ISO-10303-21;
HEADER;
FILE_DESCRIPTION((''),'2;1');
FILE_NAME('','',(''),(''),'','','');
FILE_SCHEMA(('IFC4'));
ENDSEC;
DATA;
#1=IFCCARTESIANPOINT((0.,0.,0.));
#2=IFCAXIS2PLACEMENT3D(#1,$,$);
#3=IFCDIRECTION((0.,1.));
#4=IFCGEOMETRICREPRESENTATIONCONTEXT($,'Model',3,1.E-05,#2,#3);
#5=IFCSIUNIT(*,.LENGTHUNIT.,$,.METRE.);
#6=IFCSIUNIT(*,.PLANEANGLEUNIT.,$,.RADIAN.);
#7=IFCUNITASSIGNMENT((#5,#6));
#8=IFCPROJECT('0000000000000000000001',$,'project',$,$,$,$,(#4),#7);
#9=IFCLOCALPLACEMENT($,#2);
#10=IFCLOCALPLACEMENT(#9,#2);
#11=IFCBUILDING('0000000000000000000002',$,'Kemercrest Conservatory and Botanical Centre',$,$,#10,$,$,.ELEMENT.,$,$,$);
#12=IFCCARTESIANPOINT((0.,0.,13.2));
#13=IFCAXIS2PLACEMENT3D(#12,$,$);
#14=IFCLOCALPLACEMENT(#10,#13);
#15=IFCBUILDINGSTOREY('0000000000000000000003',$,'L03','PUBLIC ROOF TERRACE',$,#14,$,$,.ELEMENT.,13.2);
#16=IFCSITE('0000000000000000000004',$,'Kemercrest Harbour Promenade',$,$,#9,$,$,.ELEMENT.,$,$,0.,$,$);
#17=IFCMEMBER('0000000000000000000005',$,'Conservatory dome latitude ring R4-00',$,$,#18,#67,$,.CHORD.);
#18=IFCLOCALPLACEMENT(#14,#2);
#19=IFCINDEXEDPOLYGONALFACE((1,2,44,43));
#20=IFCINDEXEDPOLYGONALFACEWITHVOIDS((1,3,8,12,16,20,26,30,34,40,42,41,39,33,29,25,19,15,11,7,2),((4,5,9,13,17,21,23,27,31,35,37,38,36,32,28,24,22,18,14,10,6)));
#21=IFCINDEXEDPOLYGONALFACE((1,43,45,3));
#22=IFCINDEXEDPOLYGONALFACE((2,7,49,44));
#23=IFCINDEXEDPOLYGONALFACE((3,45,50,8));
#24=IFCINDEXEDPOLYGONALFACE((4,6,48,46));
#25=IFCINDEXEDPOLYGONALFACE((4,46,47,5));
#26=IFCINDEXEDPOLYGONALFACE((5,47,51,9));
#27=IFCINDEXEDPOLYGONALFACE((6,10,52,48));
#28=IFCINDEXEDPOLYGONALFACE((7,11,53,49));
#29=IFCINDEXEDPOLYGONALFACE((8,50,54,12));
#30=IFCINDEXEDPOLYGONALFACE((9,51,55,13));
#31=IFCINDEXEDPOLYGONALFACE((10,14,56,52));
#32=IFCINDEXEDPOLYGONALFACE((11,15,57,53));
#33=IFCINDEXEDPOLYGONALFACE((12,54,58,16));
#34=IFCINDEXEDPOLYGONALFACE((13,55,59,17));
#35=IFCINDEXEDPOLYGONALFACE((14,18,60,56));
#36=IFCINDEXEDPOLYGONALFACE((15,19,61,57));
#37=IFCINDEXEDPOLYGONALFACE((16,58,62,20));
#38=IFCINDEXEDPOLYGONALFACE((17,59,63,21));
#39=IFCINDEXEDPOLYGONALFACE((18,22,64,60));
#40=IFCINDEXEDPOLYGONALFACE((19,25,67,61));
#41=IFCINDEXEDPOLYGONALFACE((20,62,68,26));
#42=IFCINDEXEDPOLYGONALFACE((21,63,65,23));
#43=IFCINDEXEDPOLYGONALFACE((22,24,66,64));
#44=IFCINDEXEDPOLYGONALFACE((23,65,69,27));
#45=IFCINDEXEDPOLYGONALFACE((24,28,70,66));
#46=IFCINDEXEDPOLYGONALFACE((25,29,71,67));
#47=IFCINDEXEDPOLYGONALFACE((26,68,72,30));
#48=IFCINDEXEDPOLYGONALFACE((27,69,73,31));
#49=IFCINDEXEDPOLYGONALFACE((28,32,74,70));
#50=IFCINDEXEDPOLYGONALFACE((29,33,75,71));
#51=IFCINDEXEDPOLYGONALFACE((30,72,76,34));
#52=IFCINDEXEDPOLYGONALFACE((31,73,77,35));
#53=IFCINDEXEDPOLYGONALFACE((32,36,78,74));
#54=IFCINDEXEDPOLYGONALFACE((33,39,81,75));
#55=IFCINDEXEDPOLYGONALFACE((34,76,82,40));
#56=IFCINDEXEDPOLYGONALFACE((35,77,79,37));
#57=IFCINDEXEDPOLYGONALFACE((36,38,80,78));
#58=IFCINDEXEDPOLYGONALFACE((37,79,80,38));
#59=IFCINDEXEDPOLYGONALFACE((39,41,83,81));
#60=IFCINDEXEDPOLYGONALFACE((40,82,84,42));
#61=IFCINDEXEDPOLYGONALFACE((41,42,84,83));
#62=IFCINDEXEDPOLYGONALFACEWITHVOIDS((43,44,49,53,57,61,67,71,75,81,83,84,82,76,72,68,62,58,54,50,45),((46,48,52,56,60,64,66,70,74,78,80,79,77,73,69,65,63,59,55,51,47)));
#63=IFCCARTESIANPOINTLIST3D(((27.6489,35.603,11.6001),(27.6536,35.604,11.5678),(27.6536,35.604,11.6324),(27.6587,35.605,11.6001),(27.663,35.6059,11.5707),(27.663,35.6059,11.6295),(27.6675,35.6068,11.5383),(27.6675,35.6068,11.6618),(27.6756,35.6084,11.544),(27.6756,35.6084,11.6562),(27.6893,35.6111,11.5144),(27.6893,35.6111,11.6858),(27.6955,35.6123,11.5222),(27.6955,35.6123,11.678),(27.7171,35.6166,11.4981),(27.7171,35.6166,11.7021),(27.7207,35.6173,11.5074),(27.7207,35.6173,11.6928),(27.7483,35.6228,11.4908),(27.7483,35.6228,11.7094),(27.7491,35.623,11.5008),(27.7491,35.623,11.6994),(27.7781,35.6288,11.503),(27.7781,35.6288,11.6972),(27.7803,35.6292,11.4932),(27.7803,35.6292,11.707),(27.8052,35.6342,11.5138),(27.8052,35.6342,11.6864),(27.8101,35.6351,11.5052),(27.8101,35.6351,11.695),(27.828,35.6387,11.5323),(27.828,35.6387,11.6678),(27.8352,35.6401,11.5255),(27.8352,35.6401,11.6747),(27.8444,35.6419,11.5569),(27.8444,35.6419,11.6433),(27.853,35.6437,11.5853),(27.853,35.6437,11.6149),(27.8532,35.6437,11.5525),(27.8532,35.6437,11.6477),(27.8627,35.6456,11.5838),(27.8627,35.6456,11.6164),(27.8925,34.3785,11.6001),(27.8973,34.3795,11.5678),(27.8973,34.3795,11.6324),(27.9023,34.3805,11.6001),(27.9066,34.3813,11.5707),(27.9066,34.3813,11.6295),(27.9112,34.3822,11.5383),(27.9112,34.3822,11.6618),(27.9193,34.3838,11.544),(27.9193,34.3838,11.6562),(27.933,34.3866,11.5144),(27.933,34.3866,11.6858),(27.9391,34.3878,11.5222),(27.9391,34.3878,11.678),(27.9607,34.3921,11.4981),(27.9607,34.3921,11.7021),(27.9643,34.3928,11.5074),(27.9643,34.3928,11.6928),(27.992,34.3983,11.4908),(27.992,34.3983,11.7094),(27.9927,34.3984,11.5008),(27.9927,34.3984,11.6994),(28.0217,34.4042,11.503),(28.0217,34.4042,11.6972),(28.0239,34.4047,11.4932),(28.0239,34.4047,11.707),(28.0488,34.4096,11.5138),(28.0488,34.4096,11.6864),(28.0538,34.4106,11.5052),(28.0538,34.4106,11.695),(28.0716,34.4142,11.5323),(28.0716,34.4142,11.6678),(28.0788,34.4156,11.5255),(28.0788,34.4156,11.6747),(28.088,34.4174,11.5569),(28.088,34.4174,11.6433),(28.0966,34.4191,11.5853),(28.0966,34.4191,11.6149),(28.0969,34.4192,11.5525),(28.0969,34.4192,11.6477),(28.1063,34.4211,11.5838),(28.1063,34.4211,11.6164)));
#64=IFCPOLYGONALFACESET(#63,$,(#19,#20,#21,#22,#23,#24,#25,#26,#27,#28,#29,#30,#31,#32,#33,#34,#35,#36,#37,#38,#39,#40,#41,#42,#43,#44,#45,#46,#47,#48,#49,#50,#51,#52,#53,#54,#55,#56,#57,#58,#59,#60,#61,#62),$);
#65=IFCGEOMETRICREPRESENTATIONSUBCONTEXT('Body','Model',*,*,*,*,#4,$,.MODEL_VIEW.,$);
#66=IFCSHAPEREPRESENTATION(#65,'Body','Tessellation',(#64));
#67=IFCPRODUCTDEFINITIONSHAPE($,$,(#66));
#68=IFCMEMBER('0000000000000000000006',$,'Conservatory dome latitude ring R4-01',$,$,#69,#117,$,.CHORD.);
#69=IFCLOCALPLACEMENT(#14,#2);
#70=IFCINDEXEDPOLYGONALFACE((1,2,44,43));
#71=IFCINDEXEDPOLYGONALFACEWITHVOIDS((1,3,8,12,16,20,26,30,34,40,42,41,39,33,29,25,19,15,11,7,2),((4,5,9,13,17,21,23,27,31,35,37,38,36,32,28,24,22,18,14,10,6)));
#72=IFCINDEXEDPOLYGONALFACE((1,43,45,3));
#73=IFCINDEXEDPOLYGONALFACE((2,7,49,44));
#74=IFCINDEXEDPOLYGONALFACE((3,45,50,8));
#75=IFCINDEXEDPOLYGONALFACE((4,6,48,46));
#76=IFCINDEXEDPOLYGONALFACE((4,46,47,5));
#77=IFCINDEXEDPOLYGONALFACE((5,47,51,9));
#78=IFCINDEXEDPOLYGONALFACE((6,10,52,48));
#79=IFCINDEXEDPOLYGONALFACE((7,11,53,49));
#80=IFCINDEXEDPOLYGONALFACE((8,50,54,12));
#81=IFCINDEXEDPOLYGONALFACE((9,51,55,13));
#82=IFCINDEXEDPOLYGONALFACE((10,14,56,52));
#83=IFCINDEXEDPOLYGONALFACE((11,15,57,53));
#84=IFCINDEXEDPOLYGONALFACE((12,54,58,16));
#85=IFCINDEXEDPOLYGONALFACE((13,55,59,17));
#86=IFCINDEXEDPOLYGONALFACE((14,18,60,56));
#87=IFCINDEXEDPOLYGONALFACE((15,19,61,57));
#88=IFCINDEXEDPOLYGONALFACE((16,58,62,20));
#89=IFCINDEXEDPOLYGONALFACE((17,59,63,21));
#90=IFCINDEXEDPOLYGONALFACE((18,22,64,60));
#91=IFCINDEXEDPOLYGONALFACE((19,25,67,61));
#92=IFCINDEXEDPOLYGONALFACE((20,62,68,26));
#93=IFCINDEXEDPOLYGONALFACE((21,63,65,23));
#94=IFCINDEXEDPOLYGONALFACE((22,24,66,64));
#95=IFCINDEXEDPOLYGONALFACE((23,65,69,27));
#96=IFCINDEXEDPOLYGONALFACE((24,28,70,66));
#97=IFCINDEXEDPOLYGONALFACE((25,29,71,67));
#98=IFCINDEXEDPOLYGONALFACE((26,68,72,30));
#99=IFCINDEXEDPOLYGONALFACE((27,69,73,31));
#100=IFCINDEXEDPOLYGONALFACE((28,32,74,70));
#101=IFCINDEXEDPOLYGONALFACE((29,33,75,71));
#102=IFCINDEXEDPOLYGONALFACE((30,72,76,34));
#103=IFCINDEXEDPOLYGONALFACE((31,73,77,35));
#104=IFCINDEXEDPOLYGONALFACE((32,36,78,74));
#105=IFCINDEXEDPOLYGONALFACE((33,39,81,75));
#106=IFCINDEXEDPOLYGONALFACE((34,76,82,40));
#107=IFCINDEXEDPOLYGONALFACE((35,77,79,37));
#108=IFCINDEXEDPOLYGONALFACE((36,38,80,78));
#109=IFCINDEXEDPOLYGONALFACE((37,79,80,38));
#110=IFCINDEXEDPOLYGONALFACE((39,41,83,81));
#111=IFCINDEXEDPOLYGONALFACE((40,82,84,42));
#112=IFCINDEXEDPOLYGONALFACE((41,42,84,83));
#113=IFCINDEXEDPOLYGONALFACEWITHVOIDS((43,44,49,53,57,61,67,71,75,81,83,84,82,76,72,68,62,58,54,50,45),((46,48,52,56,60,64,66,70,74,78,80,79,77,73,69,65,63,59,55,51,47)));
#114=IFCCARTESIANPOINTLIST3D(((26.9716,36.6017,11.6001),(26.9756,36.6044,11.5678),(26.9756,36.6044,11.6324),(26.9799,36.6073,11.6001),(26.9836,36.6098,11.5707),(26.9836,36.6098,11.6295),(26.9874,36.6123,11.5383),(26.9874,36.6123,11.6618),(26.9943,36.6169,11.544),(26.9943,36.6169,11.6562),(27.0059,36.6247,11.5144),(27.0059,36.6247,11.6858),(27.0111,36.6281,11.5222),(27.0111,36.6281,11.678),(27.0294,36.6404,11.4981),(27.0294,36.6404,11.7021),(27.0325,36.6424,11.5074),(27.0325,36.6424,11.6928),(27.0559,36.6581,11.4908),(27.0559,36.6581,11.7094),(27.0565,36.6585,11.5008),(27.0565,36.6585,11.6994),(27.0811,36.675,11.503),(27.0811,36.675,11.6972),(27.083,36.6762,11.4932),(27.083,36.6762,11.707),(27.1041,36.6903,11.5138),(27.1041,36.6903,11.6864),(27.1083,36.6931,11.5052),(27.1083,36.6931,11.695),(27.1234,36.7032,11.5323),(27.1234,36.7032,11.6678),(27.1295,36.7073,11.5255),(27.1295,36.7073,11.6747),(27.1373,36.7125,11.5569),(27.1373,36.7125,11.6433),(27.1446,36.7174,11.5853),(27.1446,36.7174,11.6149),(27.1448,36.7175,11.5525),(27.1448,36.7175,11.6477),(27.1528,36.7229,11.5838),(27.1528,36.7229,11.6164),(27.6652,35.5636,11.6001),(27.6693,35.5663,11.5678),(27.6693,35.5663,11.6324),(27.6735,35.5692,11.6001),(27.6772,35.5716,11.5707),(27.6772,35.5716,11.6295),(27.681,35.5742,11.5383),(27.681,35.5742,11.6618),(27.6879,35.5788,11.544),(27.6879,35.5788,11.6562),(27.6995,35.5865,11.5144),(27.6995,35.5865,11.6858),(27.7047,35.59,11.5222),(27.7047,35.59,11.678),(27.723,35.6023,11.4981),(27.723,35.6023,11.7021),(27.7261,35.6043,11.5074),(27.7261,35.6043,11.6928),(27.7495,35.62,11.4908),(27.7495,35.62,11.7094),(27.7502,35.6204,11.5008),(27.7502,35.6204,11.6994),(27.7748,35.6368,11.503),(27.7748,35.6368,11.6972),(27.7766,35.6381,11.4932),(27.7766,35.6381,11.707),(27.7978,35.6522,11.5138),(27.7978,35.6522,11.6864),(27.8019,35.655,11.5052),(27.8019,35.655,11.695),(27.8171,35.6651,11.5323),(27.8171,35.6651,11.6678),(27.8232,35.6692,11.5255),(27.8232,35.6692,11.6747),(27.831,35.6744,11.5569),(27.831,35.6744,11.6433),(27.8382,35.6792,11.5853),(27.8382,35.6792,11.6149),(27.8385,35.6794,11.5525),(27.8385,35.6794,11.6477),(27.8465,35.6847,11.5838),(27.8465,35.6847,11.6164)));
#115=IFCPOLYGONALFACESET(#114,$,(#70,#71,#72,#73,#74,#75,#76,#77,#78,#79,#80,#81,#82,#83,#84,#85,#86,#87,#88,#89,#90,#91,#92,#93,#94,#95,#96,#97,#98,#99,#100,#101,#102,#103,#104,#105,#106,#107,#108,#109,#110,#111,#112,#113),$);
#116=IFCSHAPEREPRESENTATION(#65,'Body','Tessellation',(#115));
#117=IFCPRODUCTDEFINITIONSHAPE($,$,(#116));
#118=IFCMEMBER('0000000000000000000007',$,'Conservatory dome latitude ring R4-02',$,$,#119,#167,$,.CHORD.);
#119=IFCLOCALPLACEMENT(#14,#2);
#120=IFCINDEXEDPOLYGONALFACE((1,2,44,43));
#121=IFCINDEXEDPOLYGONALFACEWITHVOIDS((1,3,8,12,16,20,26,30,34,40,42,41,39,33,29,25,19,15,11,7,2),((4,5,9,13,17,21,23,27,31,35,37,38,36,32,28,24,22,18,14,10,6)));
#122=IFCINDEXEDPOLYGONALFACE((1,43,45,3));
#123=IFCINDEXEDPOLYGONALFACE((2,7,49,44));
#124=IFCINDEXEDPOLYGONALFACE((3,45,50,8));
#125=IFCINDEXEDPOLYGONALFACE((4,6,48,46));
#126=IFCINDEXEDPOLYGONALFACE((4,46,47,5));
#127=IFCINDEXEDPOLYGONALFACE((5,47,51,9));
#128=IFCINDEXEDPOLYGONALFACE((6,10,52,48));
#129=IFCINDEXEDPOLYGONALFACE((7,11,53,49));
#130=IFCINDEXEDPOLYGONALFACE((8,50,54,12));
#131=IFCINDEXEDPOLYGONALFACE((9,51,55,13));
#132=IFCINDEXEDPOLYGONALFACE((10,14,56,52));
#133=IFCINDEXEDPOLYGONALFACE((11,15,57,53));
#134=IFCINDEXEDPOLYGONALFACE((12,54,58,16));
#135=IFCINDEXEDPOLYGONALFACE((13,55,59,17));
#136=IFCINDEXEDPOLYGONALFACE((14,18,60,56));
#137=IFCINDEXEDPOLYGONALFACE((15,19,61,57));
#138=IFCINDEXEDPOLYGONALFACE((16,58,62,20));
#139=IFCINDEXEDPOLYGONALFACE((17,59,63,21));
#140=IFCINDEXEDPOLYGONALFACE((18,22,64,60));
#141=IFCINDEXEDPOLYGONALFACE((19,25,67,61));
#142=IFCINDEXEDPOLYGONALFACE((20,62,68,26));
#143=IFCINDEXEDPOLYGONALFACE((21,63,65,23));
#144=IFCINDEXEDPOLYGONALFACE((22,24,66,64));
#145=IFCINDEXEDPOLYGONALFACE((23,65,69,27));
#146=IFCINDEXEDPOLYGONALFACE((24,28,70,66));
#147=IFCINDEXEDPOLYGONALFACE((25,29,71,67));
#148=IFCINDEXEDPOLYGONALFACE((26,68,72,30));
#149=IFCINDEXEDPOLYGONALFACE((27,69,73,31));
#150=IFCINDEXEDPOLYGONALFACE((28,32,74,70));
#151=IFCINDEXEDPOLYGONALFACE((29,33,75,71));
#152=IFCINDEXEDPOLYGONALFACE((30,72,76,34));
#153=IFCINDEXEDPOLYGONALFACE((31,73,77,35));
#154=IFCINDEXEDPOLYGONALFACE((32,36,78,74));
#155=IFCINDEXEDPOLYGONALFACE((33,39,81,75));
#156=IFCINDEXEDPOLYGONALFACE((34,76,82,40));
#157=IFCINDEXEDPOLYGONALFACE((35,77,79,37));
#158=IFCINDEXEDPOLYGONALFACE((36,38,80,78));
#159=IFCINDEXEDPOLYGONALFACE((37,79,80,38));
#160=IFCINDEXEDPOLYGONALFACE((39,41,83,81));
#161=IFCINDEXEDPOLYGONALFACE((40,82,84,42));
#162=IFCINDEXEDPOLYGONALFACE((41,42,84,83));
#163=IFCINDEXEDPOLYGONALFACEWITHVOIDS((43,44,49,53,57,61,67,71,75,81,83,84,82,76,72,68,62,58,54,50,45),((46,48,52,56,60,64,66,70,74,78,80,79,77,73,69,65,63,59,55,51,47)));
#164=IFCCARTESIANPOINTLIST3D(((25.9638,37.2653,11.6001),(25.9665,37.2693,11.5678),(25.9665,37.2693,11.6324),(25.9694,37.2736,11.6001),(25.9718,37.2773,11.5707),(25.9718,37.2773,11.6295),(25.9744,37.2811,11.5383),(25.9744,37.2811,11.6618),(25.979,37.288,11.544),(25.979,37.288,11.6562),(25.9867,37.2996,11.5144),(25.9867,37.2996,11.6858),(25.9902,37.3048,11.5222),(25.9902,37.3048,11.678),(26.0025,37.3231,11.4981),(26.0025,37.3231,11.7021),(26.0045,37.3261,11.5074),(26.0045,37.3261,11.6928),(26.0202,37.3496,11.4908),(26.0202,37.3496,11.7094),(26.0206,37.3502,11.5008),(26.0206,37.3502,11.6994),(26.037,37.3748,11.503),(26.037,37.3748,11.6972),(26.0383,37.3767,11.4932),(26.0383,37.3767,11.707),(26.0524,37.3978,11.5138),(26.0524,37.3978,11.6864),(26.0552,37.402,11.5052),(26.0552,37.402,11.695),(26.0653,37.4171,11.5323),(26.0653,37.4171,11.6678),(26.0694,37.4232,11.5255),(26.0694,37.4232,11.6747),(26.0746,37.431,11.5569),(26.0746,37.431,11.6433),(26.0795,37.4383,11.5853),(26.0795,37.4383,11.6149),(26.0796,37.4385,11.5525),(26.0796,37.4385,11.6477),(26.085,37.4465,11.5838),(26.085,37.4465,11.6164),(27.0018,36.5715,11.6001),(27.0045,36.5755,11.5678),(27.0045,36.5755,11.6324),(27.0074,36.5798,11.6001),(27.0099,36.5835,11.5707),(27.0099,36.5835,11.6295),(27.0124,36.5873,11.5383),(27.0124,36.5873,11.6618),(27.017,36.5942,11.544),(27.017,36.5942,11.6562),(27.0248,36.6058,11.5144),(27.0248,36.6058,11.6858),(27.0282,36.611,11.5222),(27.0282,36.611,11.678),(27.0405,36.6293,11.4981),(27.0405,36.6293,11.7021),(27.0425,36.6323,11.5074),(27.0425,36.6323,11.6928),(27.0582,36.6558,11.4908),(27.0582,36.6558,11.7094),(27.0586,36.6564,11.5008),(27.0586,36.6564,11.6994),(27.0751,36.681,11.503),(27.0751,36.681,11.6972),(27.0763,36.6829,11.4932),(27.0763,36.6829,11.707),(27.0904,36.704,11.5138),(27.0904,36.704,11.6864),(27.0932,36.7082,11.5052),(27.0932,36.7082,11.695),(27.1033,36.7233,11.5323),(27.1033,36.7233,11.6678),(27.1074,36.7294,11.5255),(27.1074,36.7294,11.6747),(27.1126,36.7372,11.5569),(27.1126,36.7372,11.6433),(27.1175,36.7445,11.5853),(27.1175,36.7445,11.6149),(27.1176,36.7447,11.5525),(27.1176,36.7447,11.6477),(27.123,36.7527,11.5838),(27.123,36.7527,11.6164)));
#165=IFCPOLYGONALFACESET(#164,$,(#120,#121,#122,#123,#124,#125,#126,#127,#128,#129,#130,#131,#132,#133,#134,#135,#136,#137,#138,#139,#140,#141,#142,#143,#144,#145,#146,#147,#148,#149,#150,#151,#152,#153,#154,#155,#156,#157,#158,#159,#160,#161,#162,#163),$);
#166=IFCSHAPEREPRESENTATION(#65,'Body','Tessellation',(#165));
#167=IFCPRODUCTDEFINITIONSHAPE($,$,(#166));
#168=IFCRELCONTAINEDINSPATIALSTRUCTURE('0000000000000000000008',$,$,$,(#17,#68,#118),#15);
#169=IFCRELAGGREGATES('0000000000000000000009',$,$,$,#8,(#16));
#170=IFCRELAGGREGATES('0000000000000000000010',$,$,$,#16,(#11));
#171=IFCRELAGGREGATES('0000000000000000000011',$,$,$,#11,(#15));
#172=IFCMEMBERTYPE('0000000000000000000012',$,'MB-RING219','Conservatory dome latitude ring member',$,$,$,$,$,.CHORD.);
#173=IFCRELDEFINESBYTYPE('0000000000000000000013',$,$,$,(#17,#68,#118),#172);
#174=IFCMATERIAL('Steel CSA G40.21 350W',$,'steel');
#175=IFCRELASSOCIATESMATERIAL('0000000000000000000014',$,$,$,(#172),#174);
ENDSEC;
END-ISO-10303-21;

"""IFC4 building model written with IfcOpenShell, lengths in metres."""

from ifc_helpers import new_model, si_unit, direction, frame, origin, origin_2d, place, context, subcontext, project, spatial, hollow_circle, extrude, material, material_profile, profile_set, type_object, element, save


model = new_model("IFC4")

# Units and contexts
model_context = context("Model", 3, precision=1e-05, world=origin(), true_north=direction((0.0, 1.0)))
body_context = subcontext(model_context, "Body", "Model", "MODEL_VIEW")
ifc_project = project(units=[si_unit("LENGTHUNIT", "METRE"), si_unit("PLANEANGLEUNIT", "RADIAN")], contexts=[model_context])

# Site, building, storey
site_placement = place(None, origin())
site = spatial("IfcSite", under=ifc_project, at=site_placement, Name="Kemercrest Harbour Promenade", CompositionType="ELEMENT", RefElevation=0.0)
building_placement = place(site_placement, origin())
building = spatial("IfcBuilding", under=site, at=building_placement, Name="Kemercrest Conservatory and Botanical Centre", CompositionType="ELEMENT")
storey_placement = place(building_placement, frame((0.0, 0.0, 13.2)))
storey = spatial("IfcBuildingStorey", under=building, at=storey_placement, Name="L03", Description="PUBLIC ROOF TERRACE", CompositionType="ELEMENT", Elevation=13.2)

# Shared definitions
ifc_material_1 = material(Name="Steel CSA G40.21 350W", Category="steel")

# Members
ifc_material_profile_1 = material_profile(ifc_material_1, hollow_circle(Radius=0.1096, WallThickness=0.01, at=origin_2d()), Name="CHS 219.1x10.0")
ifc_profile_set_1 = profile_set([ifc_material_profile_1], Name="Steel CSA G40.21 350W")
member_type_1 = type_object("IfcMemberType", Name="MB-RING219", Description="Conservatory dome latitude ring member", PredefinedType="CHORD", material=ifc_profile_set_1)
for number, where, z_axis, x_axis, name in (
    (1, (28.0, 34.3999, 11.6001), (-0.195138, 0.980776, 0.0), (-0.980776, -0.195138, 0.0), "Conservatory dome latitude ring R4-00"),
    (2, (27.7563, 35.6245, 11.6001), (-0.555557, 0.831478, 0.0), (-0.831478, -0.555557, 0.0), "Conservatory dome latitude ring R4-01"),
    (3, (27.0627, 36.6626, 11.6001), (-0.831388, 0.555692, 0.0), (-0.555692, -0.831388, 0.0), "Conservatory dome latitude ring R4-02"),
):
    element("IfcMember", number, at=place(storey_placement, frame(where, z_axis=z_axis, x_axis=x_axis)), inside=storey, type_object=member_type_1, Name=name, PredefinedType="CHORD", context=body_context, shape_type="SweptSolid", body=[
        extrude(hollow_circle(Radius=0.1096, WallThickness=0.01, at=origin_2d()), origin(), (0.0, 0.0, 1.0), 1.2485),
    ])

save(model, "model.ifc")
